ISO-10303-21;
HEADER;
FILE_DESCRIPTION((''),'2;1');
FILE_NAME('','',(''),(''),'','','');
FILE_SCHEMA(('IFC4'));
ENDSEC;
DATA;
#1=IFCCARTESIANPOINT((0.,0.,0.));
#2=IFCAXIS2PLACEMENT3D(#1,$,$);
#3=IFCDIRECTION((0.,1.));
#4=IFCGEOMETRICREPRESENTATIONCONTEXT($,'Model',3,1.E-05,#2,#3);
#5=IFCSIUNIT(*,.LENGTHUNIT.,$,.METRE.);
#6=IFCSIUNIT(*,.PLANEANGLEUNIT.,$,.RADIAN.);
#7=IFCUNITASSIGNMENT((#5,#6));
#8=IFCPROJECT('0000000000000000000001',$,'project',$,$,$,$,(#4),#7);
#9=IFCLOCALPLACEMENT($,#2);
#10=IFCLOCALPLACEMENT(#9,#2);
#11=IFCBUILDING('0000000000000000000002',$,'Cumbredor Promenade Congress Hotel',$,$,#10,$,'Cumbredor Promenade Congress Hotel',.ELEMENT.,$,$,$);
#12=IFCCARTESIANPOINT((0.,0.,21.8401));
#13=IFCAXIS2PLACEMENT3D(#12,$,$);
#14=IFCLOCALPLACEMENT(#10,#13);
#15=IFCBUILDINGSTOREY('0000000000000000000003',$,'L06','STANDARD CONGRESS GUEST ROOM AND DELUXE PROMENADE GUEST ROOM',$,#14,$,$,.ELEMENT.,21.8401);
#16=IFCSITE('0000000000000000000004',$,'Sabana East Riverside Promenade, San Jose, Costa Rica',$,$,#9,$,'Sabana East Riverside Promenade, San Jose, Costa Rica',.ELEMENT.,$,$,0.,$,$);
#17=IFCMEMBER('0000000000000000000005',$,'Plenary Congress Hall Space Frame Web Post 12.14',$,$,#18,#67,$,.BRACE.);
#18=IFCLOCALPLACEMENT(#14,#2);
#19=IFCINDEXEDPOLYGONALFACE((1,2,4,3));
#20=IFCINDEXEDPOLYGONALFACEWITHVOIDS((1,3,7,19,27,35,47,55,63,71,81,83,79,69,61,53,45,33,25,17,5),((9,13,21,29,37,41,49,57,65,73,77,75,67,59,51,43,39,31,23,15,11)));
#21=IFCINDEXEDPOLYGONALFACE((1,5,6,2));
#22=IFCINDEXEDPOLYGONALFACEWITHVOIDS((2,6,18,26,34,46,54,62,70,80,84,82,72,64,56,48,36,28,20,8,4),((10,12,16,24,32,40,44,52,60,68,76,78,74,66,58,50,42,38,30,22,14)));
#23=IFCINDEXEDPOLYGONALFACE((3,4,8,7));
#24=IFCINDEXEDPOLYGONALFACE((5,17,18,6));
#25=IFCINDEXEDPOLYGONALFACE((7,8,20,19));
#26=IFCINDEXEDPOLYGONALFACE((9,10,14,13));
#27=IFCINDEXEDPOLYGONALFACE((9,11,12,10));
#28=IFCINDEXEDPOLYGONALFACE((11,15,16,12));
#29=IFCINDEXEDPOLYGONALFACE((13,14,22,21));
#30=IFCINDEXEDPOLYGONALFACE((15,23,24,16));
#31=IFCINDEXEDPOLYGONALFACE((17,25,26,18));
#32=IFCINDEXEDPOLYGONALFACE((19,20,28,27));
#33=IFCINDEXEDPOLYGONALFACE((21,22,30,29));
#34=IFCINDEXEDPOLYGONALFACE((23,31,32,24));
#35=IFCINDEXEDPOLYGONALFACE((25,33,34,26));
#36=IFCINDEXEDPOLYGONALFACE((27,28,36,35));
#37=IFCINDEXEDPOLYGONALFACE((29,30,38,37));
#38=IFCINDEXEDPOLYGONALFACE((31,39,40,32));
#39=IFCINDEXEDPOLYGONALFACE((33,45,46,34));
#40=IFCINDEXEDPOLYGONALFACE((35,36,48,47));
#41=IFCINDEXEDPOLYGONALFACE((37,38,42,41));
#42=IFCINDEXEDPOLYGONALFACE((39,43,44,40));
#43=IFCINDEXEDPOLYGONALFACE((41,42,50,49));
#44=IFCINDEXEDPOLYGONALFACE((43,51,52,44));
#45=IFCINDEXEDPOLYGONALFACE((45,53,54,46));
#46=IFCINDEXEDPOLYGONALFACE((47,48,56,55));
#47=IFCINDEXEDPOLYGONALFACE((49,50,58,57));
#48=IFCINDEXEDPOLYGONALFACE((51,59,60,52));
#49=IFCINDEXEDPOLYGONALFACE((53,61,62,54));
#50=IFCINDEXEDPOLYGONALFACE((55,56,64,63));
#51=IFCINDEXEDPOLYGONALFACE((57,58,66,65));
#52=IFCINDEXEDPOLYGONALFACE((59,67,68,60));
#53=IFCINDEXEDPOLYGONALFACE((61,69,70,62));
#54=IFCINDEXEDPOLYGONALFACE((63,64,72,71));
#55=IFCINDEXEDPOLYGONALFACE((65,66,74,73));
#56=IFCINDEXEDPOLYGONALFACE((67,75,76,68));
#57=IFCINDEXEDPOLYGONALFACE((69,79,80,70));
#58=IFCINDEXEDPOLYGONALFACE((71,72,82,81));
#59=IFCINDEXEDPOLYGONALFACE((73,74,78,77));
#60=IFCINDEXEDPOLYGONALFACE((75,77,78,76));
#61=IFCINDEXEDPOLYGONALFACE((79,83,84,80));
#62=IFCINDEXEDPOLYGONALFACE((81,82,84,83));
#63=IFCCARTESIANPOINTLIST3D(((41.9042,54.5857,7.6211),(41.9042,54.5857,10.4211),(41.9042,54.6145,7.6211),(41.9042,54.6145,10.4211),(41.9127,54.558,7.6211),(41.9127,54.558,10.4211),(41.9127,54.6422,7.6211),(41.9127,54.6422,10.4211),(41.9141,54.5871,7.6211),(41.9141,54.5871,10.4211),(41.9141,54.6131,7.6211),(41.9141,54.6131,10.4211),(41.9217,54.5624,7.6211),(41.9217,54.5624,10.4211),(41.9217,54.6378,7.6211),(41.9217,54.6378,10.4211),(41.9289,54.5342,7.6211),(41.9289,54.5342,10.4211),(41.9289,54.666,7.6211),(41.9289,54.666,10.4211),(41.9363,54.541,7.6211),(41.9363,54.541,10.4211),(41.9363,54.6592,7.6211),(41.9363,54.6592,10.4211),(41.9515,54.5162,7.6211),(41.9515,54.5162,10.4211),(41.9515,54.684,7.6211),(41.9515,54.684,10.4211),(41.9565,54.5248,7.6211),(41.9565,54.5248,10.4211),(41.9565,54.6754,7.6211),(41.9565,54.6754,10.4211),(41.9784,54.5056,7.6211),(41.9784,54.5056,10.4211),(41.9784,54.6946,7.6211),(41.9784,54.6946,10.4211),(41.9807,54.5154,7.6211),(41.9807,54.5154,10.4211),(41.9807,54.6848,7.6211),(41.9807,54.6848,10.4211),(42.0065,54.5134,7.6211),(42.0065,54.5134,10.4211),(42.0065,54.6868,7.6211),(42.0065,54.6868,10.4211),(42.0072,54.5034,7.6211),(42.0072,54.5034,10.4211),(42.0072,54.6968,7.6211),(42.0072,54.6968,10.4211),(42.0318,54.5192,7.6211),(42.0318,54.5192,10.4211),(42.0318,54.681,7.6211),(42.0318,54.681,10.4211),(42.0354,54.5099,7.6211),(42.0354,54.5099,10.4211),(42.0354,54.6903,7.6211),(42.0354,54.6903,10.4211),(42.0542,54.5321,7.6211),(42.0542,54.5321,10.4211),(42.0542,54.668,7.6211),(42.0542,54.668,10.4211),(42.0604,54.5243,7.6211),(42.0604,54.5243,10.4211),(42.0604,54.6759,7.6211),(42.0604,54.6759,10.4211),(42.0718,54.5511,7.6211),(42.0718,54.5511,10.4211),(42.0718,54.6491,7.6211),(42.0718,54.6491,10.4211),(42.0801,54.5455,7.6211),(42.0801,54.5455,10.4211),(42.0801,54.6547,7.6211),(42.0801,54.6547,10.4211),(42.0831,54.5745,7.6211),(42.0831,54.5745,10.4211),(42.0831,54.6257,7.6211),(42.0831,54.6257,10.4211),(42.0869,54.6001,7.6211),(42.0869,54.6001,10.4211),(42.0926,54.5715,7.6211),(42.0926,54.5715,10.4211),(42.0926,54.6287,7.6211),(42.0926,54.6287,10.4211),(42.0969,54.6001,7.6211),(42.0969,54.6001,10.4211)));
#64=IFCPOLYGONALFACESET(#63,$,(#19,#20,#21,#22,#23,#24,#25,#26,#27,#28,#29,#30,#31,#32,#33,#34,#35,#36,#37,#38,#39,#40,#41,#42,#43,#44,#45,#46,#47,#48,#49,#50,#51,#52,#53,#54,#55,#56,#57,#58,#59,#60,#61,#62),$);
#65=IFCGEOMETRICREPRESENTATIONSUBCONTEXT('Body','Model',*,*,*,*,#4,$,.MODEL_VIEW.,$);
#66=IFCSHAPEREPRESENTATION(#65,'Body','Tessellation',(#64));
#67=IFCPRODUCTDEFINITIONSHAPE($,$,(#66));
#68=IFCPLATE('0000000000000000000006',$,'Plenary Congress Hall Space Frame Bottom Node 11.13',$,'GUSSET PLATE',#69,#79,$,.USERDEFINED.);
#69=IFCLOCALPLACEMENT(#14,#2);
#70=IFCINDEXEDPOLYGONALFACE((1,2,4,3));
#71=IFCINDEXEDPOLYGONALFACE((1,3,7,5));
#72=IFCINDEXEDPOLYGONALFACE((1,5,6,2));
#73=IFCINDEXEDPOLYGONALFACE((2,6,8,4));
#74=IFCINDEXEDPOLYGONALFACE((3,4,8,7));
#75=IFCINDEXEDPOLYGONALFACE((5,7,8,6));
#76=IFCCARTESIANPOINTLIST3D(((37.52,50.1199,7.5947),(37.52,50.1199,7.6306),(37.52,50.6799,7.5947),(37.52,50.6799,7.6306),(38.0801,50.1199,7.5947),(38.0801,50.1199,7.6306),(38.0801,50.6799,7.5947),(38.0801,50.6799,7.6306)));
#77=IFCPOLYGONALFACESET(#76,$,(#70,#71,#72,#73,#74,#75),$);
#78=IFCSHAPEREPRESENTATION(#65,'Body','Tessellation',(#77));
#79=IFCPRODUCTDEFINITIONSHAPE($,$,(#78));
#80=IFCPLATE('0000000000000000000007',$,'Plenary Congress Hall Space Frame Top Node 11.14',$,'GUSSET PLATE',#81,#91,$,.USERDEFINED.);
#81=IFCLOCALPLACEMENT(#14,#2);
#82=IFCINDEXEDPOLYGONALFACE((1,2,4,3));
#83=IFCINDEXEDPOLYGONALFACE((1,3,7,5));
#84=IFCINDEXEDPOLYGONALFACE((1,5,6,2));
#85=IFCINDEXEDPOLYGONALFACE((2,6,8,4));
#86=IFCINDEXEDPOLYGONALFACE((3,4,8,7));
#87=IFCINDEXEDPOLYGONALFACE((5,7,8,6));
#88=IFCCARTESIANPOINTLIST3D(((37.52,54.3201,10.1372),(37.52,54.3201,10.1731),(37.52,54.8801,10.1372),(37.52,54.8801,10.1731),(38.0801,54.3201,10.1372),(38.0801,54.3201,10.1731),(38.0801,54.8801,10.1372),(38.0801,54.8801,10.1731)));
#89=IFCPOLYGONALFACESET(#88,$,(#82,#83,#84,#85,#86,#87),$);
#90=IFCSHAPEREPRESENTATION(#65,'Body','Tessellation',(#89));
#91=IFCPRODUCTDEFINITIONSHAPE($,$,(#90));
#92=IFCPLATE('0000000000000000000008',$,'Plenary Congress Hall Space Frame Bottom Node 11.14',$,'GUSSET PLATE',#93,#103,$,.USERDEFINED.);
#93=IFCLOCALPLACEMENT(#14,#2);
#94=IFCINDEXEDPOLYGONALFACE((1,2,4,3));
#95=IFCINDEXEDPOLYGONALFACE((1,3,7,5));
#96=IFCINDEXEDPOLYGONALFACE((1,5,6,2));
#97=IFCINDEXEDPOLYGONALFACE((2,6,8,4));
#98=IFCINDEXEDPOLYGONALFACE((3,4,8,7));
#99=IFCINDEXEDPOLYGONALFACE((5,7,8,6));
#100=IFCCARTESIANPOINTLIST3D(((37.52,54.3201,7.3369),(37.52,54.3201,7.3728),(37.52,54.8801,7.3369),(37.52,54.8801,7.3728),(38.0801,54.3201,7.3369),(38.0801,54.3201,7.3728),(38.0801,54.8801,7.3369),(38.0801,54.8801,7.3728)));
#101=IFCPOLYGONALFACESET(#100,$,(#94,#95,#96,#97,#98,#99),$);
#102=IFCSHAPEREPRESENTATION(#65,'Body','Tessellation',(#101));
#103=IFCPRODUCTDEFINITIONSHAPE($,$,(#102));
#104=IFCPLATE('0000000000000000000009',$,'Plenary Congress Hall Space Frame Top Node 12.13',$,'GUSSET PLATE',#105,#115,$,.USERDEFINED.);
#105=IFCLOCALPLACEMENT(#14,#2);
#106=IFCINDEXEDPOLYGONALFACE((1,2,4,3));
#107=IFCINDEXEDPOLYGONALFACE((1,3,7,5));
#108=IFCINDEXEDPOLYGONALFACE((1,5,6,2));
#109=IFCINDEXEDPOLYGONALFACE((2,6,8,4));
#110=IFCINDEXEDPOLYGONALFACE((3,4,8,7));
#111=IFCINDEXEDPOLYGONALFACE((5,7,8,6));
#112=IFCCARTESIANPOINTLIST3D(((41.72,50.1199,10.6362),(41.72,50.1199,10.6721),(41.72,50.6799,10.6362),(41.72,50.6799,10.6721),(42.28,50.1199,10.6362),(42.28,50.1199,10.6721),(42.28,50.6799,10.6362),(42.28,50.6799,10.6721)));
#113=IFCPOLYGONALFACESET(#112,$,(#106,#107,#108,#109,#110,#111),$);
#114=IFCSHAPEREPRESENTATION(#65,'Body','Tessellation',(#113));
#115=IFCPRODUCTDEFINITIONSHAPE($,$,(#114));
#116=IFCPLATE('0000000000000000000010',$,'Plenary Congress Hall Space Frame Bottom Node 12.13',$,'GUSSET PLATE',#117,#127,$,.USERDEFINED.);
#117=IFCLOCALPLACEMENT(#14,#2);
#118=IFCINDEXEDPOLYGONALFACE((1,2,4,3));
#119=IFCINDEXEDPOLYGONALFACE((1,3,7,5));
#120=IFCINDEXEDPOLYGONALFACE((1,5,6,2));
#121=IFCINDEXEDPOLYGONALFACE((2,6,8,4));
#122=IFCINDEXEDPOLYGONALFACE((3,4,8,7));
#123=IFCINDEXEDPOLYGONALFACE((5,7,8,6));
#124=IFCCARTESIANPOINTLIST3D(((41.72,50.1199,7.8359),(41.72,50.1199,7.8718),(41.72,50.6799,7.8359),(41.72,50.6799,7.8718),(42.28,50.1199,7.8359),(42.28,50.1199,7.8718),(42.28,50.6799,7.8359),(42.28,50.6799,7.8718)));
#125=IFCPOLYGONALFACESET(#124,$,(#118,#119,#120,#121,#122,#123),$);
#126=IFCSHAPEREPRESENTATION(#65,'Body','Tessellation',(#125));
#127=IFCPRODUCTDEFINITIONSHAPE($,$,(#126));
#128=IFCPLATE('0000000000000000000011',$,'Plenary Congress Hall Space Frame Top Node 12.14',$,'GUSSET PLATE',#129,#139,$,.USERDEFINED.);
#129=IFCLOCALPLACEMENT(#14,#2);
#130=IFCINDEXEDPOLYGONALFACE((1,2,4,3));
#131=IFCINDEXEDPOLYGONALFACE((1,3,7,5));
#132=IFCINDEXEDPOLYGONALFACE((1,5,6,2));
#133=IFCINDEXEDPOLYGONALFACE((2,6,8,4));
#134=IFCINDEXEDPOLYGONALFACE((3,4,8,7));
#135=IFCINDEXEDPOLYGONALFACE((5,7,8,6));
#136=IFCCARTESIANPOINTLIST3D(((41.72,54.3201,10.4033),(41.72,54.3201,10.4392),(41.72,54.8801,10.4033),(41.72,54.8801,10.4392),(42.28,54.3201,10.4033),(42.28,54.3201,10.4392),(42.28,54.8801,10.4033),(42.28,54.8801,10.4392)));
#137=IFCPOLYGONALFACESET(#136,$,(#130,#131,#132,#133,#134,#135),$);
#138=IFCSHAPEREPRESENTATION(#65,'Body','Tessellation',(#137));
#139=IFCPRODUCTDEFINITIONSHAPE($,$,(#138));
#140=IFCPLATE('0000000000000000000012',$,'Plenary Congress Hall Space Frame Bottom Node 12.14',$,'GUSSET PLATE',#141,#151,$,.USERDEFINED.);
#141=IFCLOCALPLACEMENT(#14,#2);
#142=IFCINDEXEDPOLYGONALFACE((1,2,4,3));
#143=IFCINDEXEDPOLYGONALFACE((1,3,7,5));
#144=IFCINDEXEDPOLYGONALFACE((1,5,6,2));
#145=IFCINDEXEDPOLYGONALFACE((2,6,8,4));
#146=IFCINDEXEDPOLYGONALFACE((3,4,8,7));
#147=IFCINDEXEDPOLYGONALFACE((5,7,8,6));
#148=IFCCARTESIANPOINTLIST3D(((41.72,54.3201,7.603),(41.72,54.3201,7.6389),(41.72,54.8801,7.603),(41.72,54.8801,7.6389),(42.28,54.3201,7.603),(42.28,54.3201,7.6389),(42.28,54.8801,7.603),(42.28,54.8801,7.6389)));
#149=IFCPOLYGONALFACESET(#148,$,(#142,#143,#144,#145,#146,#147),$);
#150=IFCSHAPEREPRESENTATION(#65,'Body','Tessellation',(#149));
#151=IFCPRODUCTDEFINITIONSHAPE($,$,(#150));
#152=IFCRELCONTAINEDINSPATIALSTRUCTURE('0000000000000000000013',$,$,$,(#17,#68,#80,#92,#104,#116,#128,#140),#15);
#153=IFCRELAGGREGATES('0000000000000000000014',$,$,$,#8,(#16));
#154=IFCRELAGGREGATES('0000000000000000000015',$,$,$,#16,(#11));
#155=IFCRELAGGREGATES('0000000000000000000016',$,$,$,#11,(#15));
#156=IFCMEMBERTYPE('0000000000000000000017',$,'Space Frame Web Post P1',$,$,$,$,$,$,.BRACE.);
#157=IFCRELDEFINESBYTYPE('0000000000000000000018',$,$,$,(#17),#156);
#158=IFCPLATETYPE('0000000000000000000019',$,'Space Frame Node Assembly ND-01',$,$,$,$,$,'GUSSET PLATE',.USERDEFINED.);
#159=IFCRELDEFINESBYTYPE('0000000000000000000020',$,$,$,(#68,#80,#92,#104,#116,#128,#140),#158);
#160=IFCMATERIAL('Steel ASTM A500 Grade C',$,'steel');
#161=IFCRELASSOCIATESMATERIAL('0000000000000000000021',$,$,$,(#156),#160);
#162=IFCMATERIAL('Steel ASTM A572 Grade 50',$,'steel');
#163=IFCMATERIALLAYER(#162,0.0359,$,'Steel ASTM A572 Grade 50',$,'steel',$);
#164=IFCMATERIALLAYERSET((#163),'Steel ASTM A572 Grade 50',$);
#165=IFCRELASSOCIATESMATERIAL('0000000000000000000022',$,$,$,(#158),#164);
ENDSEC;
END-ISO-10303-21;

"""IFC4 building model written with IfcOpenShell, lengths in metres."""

from ifc_helpers import new_model, si_unit, direction, frame, origin, origin_2d, place, context, subcontext, project, spatial, rectangle, hollow_circle, extrude, material, layer, layer_set, material_profile, profile_set, type_object, element, save


model = new_model("IFC4")

# Units and contexts
model_context = context("Model", 3, precision=1e-05, world=origin(), true_north=direction((0.0, 1.0)))
body_context = subcontext(model_context, "Body", "Model", "MODEL_VIEW")
ifc_project = project(units=[si_unit("LENGTHUNIT", "METRE"), si_unit("PLANEANGLEUNIT", "RADIAN")], contexts=[model_context])

# Site, building, storey
site_placement = place(None, origin())
site = spatial("IfcSite", under=ifc_project, at=site_placement, Name="Sabana East Riverside Promenade, San Jose, Costa Rica", LongName="Sabana East Riverside Promenade, San Jose, Costa Rica", CompositionType="ELEMENT", RefElevation=0.0)
building_placement = place(site_placement, origin())
building = spatial("IfcBuilding", under=site, at=building_placement, Name="Cumbredor Promenade Congress Hotel", LongName="Cumbredor Promenade Congress Hotel", CompositionType="ELEMENT")
storey_placement = place(building_placement, frame((0.0, 0.0, 21.8401)))
storey = spatial("IfcBuildingStorey", under=building, at=storey_placement, Name="L06", Description="STANDARD CONGRESS GUEST ROOM AND DELUXE PROMENADE GUEST ROOM", CompositionType="ELEMENT", Elevation=21.8401)

# Member
ifc_material_1 = material(Name="Steel ASTM A500 Grade C", Category="steel")
ifc_material_profile_1 = material_profile(ifc_material_1, hollow_circle(Radius=0.0969, WallThickness=0.01, at=origin_2d()), Name="CHS 193.7x10")
ifc_profile_set_1 = profile_set([ifc_material_profile_1], Name="Steel ASTM A500 Grade C")
member_type_1 = type_object("IfcMemberType", Name="Space Frame Web Post P1", PredefinedType="BRACE", material=ifc_profile_set_1)
for number, where, z_axis, x_axis, name in (
    (1, (42.0, 54.6001, 7.6211), (0.0, 0.0, 1.0), (1.0, 0.0, 0.0), "Plenary Congress Hall Space Frame Web Post 12.14"),
):
    element("IfcMember", number, at=place(storey_placement, frame(where, z_axis=z_axis, x_axis=x_axis)), inside=storey, type_object=member_type_1, Name=name, PredefinedType="BRACE", context=body_context, shape_type="SweptSolid", body=[
        extrude(hollow_circle(Radius=0.0969, WallThickness=0.01, at=origin_2d()), origin(), (0.0, 0.0, 1.0), 2.8),
    ])

# Plates
ifc_material_2 = material(Name="Steel ASTM A572 Grade 50", Category="steel")
ifc_layer = layer(ifc_material_2, 0.0359, Name="Steel ASTM A572 Grade 50", Category="steel")
ifc_layer_set = layer_set([ifc_layer], Name="Steel ASTM A572 Grade 50")
plate_type = type_object("IfcPlateType", Name="Space Frame Node Assembly ND-01", ElementType="GUSSET PLATE", PredefinedType="USERDEFINED", material=ifc_layer_set)
for number, where, z_axis, x_axis, name in (
    (2, (37.8, 50.3999, 7.5947), (0.0, 0.0, 1.0), (1.0, 0.0, 0.0), "Plenary Congress Hall Space Frame Bottom Node 11.13"),
    (3, (37.8, 54.6001, 10.1372), (0.0, 0.0, 1.0), (1.0, 0.0, 0.0), "Plenary Congress Hall Space Frame Top Node 11.14"),
    (4, (37.8, 54.6001, 7.3369), (0.0, 0.0, 1.0), (1.0, 0.0, 0.0), "Plenary Congress Hall Space Frame Bottom Node 11.14"),
    (5, (42.0, 50.3999, 10.6362), (0.0, 0.0, 1.0), (1.0, 0.0, 0.0), "Plenary Congress Hall Space Frame Top Node 12.13"),
    (6, (42.0, 50.3999, 7.8359), (0.0, 0.0, 1.0), (1.0, 0.0, 0.0), "Plenary Congress Hall Space Frame Bottom Node 12.13"),
    (7, (42.0, 54.6001, 10.4033), (0.0, 0.0, 1.0), (1.0, 0.0, 0.0), "Plenary Congress Hall Space Frame Top Node 12.14"),
    (8, (42.0, 54.6001, 7.603), (0.0, 0.0, 1.0), (1.0, 0.0, 0.0), "Plenary Congress Hall Space Frame Bottom Node 12.14"),
):
    element("IfcPlate", number, at=place(storey_placement, frame(where, z_axis=z_axis, x_axis=x_axis)), inside=storey, type_object=plate_type, Name=name, ObjectType="GUSSET PLATE", PredefinedType="USERDEFINED", context=body_context, shape_type="SweptSolid", body=[
        extrude(rectangle(XDim=0.5601, YDim=0.5601, at=origin_2d()), origin(), (0.0, 0.0, 1.0), 0.0359),
    ])

save(model, "model.ifc")
